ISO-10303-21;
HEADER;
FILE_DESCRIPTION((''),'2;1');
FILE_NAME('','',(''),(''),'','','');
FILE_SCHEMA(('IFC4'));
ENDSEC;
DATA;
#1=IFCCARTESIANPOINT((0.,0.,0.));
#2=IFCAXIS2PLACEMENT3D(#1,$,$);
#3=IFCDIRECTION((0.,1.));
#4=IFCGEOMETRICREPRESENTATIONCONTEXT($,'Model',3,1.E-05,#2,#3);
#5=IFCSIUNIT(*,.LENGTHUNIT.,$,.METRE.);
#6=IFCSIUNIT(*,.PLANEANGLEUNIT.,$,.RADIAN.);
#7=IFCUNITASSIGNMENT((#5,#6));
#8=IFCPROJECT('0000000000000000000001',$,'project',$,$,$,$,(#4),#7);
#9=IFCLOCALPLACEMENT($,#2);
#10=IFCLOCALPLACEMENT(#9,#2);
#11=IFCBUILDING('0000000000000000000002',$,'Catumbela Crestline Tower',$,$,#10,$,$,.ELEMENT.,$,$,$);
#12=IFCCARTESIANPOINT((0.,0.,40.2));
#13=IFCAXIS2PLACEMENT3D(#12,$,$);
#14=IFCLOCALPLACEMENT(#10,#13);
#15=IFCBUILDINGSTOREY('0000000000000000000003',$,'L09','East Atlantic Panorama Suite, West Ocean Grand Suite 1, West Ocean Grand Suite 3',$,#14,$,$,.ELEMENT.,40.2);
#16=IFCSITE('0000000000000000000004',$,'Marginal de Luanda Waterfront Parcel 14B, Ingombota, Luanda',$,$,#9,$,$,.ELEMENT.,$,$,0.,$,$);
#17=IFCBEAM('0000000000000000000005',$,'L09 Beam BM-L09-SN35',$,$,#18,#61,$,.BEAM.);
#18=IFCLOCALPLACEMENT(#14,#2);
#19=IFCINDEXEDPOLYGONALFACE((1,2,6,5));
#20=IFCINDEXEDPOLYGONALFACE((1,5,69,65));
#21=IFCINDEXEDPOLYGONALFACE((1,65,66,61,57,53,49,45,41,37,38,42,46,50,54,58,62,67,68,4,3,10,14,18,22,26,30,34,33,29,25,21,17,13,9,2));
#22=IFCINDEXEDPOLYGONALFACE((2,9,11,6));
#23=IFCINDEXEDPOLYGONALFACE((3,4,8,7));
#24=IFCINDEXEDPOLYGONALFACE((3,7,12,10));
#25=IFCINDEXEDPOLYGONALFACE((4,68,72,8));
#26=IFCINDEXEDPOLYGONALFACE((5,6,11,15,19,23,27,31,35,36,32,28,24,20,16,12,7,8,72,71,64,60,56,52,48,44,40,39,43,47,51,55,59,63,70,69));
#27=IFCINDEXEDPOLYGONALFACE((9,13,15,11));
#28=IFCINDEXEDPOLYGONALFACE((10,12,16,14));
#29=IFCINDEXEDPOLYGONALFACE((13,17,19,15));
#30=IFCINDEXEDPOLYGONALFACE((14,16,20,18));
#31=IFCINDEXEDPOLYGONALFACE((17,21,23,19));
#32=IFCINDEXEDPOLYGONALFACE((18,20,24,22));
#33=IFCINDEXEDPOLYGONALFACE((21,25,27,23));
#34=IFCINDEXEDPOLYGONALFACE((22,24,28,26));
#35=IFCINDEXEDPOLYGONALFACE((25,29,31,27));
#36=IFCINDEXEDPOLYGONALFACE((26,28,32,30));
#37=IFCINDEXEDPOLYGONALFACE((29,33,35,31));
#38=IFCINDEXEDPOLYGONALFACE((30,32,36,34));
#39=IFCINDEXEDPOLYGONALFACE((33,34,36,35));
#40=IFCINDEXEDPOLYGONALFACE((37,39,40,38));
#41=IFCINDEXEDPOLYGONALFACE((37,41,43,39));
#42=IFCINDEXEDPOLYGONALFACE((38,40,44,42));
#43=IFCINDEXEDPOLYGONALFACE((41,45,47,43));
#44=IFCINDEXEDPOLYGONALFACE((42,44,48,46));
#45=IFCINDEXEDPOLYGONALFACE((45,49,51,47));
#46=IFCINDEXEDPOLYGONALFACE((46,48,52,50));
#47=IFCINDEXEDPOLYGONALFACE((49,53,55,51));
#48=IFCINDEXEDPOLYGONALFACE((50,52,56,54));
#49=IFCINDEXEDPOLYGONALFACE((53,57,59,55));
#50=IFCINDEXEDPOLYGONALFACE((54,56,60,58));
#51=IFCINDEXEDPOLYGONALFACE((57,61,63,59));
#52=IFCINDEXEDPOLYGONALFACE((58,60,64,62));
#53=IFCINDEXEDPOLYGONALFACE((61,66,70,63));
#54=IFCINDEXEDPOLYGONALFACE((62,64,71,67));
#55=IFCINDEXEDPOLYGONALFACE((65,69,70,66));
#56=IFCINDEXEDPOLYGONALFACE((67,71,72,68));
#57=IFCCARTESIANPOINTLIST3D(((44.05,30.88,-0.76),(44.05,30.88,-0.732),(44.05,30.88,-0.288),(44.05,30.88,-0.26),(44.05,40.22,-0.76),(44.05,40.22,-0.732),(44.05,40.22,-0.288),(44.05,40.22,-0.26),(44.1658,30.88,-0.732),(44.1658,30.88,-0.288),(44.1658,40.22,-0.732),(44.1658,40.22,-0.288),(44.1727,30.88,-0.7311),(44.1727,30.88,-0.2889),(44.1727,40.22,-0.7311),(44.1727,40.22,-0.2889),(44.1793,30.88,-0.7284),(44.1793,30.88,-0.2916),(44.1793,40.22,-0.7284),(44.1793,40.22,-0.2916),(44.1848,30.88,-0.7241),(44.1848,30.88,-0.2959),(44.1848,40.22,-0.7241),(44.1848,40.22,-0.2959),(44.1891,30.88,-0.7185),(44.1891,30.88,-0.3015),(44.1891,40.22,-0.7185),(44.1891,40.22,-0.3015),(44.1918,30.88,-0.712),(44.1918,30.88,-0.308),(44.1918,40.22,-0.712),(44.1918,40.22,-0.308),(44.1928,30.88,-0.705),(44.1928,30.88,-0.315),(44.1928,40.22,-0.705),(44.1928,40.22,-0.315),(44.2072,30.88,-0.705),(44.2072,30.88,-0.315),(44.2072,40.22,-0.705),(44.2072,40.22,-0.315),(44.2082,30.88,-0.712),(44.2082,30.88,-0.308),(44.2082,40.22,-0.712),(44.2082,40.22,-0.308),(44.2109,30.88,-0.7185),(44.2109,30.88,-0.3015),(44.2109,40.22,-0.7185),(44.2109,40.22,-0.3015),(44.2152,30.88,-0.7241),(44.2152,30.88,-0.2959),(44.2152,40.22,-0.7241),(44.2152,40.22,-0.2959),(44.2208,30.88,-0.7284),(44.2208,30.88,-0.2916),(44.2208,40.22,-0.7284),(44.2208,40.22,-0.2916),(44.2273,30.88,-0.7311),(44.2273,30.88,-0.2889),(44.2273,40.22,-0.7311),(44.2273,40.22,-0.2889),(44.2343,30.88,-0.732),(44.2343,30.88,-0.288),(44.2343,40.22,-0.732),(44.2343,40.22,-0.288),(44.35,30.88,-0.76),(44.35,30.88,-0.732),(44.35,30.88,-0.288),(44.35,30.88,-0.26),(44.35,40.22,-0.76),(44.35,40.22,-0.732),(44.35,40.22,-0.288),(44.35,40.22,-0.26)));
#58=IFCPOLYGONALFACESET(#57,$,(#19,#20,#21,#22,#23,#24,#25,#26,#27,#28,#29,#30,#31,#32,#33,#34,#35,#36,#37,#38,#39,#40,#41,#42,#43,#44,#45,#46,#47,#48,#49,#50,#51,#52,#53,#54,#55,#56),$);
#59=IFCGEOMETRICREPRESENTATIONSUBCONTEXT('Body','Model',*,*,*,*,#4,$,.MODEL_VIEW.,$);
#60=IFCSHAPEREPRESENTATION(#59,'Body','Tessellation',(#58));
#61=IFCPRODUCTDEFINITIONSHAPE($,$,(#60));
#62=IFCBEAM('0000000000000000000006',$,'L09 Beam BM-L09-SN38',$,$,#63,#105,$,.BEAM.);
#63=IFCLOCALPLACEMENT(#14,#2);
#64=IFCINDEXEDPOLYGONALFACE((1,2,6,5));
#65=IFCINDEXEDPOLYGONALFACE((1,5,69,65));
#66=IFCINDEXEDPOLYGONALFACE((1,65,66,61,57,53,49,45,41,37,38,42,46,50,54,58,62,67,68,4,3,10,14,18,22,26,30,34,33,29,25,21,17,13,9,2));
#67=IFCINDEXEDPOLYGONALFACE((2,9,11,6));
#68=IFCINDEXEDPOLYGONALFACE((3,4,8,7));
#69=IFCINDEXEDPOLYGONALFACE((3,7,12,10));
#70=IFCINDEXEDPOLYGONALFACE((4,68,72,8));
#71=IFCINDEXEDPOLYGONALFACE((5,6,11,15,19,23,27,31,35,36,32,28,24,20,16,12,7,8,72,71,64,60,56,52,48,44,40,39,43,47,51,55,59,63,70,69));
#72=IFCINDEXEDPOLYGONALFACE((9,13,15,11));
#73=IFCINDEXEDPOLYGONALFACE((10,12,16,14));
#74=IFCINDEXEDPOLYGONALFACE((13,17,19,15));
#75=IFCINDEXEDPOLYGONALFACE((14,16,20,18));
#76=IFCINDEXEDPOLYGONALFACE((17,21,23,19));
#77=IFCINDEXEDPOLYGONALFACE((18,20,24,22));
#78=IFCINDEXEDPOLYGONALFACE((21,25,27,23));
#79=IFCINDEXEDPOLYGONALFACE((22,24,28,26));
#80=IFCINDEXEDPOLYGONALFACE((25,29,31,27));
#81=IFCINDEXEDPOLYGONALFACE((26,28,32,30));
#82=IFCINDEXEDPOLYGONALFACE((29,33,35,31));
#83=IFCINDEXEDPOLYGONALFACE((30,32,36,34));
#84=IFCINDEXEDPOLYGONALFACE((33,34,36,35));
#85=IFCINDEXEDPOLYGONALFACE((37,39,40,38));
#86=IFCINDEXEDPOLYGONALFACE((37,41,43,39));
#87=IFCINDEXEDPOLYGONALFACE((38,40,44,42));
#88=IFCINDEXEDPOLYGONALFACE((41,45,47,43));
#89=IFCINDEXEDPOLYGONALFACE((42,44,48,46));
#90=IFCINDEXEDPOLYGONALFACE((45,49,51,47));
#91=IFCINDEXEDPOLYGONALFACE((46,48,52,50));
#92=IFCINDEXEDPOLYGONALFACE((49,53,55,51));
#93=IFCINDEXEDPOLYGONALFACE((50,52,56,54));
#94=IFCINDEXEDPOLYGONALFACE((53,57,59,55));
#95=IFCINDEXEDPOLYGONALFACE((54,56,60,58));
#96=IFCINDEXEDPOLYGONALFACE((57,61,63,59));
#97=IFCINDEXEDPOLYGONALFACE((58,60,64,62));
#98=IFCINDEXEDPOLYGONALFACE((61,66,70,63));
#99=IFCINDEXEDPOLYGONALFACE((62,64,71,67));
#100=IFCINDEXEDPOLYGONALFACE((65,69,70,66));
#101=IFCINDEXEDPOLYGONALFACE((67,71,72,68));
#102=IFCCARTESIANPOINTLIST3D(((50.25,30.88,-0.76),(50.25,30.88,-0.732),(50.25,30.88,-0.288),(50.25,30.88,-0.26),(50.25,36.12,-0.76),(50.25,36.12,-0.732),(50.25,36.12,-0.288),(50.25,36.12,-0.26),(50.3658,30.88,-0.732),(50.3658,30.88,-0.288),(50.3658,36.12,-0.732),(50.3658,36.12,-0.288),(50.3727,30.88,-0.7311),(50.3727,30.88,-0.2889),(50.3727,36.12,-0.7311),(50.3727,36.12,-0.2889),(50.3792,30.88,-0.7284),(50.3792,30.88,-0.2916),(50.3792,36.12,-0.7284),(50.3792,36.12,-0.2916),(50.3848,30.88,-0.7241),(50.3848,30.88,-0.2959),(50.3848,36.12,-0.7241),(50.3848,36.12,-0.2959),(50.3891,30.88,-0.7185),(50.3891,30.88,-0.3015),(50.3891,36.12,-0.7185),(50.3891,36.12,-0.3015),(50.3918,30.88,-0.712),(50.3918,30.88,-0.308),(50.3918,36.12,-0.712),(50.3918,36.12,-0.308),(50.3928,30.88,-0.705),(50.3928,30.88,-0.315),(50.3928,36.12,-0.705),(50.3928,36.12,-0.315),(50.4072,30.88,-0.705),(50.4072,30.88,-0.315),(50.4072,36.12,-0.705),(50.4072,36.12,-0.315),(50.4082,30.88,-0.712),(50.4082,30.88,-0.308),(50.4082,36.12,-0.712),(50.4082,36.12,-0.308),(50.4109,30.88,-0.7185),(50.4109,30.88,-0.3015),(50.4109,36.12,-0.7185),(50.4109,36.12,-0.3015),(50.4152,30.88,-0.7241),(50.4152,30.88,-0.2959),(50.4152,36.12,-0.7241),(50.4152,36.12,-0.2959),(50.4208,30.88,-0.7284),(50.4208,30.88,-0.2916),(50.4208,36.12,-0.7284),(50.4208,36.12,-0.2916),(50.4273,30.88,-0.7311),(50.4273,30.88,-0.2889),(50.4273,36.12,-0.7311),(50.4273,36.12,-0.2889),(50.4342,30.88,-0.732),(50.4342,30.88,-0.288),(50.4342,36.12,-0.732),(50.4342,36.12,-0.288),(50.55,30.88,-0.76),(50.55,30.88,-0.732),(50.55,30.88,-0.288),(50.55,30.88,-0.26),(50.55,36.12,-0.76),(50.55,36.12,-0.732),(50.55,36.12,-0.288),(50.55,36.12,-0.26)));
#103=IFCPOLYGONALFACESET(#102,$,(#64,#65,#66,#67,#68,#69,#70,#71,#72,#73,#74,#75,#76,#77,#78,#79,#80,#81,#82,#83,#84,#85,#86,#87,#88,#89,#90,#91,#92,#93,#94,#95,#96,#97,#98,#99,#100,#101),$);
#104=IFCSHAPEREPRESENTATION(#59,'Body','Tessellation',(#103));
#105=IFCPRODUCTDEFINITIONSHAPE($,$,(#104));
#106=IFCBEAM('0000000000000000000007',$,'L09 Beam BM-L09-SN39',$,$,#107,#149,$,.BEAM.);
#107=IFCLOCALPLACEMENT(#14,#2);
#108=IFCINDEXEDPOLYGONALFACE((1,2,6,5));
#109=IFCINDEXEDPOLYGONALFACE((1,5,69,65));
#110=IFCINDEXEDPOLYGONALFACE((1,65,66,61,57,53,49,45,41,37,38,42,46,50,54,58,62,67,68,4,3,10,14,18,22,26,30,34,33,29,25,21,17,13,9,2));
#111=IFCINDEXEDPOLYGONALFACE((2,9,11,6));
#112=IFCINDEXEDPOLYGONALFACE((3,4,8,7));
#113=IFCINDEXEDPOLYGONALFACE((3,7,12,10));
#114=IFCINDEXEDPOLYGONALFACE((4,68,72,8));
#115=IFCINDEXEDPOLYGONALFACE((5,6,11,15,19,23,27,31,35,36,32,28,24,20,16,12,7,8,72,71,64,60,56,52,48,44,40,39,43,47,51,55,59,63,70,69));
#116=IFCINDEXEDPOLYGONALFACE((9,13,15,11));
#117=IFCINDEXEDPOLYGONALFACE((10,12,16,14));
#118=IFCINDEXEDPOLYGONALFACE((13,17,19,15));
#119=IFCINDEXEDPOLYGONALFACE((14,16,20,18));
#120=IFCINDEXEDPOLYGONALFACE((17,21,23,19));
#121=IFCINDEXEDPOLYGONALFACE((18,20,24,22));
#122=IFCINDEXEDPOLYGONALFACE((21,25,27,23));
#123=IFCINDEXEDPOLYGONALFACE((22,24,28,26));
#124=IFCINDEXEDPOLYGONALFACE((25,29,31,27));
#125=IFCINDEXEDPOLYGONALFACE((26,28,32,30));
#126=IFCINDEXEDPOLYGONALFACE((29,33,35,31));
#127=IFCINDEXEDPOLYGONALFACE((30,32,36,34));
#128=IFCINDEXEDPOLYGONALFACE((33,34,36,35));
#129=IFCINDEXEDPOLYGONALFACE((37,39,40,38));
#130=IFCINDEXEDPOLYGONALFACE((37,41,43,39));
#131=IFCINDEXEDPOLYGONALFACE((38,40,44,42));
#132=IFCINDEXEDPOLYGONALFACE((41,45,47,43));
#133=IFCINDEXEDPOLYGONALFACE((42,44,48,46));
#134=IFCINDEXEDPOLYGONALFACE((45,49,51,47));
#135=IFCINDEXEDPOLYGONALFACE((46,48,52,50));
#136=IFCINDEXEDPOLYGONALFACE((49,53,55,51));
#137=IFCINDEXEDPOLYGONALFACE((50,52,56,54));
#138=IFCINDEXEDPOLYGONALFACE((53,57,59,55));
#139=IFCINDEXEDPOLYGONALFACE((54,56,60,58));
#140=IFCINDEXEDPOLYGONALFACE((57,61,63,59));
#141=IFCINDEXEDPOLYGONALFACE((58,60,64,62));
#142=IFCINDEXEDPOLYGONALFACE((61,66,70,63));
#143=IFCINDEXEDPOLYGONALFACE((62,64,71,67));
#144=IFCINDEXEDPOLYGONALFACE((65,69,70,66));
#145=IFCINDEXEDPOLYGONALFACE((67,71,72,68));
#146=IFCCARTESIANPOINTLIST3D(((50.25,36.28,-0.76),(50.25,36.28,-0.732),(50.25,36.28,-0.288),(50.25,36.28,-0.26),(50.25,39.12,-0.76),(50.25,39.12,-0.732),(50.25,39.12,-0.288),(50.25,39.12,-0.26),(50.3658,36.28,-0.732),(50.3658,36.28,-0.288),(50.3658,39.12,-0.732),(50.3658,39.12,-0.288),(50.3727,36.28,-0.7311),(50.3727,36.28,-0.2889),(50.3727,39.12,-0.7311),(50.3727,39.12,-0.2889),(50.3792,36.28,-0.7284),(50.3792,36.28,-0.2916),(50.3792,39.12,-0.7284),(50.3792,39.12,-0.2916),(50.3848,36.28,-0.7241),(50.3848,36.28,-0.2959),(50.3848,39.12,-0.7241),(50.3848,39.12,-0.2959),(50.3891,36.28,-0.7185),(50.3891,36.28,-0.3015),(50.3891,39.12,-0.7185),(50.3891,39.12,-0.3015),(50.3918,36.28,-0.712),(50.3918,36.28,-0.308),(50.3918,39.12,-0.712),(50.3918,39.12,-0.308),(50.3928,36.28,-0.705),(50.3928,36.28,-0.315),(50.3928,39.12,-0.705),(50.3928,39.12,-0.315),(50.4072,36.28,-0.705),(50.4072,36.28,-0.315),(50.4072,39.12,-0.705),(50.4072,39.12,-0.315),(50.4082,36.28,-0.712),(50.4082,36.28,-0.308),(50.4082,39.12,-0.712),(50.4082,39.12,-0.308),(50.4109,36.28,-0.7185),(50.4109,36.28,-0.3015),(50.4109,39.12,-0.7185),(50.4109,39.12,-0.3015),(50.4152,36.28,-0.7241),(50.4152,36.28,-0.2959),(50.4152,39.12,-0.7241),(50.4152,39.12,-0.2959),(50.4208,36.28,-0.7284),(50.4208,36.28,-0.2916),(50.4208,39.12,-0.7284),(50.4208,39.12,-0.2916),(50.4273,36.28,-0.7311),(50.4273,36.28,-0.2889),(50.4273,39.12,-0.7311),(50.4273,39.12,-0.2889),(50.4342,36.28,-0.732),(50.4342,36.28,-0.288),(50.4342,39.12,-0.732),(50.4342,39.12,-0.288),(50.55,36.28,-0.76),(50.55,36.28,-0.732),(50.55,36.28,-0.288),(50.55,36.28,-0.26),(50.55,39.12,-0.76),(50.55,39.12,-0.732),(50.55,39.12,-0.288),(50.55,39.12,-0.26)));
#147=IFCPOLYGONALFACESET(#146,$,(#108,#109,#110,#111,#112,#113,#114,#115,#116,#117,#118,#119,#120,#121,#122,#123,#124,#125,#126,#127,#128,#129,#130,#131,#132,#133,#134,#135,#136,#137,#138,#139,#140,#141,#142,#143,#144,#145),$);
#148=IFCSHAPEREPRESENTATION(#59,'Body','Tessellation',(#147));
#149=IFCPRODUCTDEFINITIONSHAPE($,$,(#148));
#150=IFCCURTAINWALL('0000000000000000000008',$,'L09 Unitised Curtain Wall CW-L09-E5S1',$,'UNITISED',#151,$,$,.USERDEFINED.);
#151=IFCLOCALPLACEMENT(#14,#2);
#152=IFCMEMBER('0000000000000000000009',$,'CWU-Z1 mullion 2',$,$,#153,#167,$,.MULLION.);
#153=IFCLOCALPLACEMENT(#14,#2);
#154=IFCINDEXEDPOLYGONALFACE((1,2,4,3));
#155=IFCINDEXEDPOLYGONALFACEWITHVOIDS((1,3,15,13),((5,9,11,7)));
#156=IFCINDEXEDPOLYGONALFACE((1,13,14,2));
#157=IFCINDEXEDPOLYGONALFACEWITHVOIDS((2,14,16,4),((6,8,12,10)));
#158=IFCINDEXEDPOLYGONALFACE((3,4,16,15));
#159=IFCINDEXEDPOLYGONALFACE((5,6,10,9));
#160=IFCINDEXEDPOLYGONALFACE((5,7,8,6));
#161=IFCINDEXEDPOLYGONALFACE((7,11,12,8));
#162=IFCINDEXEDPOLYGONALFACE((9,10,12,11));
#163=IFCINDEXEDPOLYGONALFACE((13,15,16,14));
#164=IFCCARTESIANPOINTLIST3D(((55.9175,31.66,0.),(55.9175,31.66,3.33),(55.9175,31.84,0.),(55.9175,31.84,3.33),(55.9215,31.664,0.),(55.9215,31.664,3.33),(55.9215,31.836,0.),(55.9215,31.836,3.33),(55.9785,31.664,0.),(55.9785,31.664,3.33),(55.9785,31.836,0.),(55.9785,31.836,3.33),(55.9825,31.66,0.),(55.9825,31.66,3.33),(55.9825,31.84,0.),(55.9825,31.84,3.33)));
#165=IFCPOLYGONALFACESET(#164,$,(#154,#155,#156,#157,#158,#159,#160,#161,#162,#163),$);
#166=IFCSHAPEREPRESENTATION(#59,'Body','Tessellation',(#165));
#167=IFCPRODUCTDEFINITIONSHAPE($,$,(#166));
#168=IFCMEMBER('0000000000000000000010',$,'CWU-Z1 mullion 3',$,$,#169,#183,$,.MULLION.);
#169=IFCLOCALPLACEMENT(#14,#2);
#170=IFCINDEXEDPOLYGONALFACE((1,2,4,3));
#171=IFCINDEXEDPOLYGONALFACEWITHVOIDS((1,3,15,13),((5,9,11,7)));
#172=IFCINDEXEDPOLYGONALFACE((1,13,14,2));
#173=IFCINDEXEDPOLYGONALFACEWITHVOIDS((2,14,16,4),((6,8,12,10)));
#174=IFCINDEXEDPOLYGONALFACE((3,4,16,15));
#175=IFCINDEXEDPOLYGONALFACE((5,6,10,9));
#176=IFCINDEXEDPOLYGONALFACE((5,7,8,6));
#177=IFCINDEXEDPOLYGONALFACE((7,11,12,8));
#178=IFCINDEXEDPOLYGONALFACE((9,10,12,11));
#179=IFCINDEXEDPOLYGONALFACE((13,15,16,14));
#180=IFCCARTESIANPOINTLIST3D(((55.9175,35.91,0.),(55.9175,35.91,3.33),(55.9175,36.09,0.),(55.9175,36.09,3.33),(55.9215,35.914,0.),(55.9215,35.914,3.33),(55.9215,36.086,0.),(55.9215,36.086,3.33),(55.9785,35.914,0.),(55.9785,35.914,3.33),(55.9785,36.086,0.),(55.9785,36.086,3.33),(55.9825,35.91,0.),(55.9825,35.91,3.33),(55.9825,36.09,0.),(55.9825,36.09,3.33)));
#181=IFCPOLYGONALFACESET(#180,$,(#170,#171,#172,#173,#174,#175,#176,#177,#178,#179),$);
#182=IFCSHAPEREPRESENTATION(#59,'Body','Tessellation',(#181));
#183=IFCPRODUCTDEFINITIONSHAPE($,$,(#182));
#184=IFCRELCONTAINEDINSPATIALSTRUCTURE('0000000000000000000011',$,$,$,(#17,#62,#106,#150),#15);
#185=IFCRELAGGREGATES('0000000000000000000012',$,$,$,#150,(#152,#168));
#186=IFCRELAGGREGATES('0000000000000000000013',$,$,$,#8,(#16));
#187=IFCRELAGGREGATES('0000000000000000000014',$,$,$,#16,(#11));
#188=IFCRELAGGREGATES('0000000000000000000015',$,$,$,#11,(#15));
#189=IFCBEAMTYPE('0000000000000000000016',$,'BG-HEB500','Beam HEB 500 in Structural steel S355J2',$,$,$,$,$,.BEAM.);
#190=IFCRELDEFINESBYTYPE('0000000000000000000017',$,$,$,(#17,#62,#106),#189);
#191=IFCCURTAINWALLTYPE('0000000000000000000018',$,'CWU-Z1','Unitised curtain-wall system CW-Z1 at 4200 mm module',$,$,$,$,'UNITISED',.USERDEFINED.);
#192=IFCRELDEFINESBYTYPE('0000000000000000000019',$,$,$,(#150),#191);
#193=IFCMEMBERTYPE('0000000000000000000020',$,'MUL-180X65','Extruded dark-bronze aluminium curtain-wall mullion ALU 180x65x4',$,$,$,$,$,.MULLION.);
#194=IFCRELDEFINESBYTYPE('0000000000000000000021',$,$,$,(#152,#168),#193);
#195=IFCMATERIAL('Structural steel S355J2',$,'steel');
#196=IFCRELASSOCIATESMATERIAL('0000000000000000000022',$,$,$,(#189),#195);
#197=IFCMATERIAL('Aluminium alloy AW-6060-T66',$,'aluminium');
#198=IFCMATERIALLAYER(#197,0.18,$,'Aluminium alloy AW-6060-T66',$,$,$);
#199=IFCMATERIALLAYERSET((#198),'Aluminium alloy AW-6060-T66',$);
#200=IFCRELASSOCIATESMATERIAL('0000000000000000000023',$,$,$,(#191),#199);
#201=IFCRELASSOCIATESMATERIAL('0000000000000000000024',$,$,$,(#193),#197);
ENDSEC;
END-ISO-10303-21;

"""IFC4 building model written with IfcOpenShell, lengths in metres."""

from ifc_helpers import new_model, si_unit, direction, frame, origin, origin_2d, place, context, subcontext, project, spatial, hollow_rectangle, i_section, extrude, material, layer, layer_set, material_profile, profile_set, type_object, element, aggregate, save


model = new_model("IFC4")

# Units and contexts
model_context = context("Model", 3, precision=1e-05, world=origin(), true_north=direction((0.0, 1.0)))
body_context = subcontext(model_context, "Body", "Model", "MODEL_VIEW")
ifc_project = project(units=[si_unit("LENGTHUNIT", "METRE"), si_unit("PLANEANGLEUNIT", "RADIAN")], contexts=[model_context])

# Site, building, storey
site_placement = place(None, origin())
site = spatial("IfcSite", under=ifc_project, at=site_placement, Name="Marginal de Luanda Waterfront Parcel 14B, Ingombota, Luanda", CompositionType="ELEMENT", RefElevation=0.0)
building_placement = place(site_placement, origin())
building = spatial("IfcBuilding", under=site, at=building_placement, Name="Catumbela Crestline Tower", CompositionType="ELEMENT")
storey_placement = place(building_placement, frame((0.0, 0.0, 40.2)))
storey = spatial("IfcBuildingStorey", under=building, at=storey_placement, Name="L09", Description="East Atlantic Panorama Suite, West Ocean Grand Suite 1, West Ocean Grand Suite 3", CompositionType="ELEMENT", Elevation=40.2)

# Beams
ifc_material_1 = material(Name="Structural steel S355J2", Category="steel")
ifc_material_profile_1 = material_profile(ifc_material_1, i_section(OverallWidth=0.3, OverallDepth=0.5, WebThickness=0.0145, FlangeThickness=0.028, FilletRadius=0.027, at=origin_2d()), Name="HEB 500")
ifc_profile_set_1 = profile_set([ifc_material_profile_1], Name="Structural steel S355J2")
beam_type_1 = type_object("IfcBeamType", Name="BG-HEB500", Description="Beam HEB 500 in Structural steel S355J2", PredefinedType="BEAM", material=ifc_profile_set_1)
beam_1_placement = place(storey_placement, frame((44.2, 30.88, -0.51), z_axis=(0.0, 1.0, 0.0), x_axis=(-1.0, 0.0, 0.0)))
element("IfcBeam", 1, at=beam_1_placement, inside=storey, type_object=beam_type_1, Name="L09 Beam BM-L09-SN35", PredefinedType="BEAM", context=body_context, shape_type="SweptSolid", body=[
    extrude(i_section(OverallWidth=0.3, OverallDepth=0.5, WebThickness=0.0145, FlangeThickness=0.028, FilletRadius=0.027, at=origin_2d()), origin(), (0.0, 0.0, 1.0), 9.34),
])
beam_2_placement = place(storey_placement, frame((50.4, 30.88, -0.51), z_axis=(0.0, 1.0, 0.0), x_axis=(-1.0, 0.0, 0.0)))
element("IfcBeam", 2, at=beam_2_placement, inside=storey, type_object=beam_type_1, Name="L09 Beam BM-L09-SN38", PredefinedType="BEAM", context=body_context, shape_type="SweptSolid", body=[
    extrude(i_section(OverallWidth=0.3, OverallDepth=0.5, WebThickness=0.0145, FlangeThickness=0.028, FilletRadius=0.027, at=origin_2d()), origin(), (0.0, 0.0, 1.0), 5.24),
])
beam_3_placement = place(storey_placement, frame((50.4, 36.28, -0.51), z_axis=(0.0, 1.0, 0.0), x_axis=(-1.0, 0.0, 0.0)))
element("IfcBeam", 3, at=beam_3_placement, inside=storey, type_object=beam_type_1, Name="L09 Beam BM-L09-SN39", PredefinedType="BEAM", context=body_context, shape_type="SweptSolid", body=[
    extrude(i_section(OverallWidth=0.3, OverallDepth=0.5, WebThickness=0.0145, FlangeThickness=0.028, FilletRadius=0.027, at=origin_2d()), origin(), (0.0, 0.0, 1.0), 2.84),
])

# Curtain wall, members
ifc_material_2 = material(Name="Aluminium alloy AW-6060-T66", Category="aluminium")
ifc_layer_1 = layer(ifc_material_2, 0.18, Name="Aluminium alloy AW-6060-T66")
ifc_layer_set_1 = layer_set([ifc_layer_1], Name="Aluminium alloy AW-6060-T66")
curtain_wall_type = type_object("IfcCurtainWallType", Name="CWU-Z1", Description="Unitised curtain-wall system CW-Z1 at 4200 mm module", ElementType="UNITISED", PredefinedType="USERDEFINED", material=ifc_layer_set_1)
curtain_wall_placement = place(storey_placement, origin())
curtain_wall = element("IfcCurtainWall", 4, at=curtain_wall_placement, inside=storey, type_object=curtain_wall_type, Name="L09 Unitised Curtain Wall CW-L09-E5S1", ObjectType="UNITISED", PredefinedType="USERDEFINED")
ifc_material_profile_2 = material_profile(ifc_material_2, hollow_rectangle(XDim=0.065, YDim=0.18, WallThickness=0.004, at=origin_2d()), Name="ALU 180x65x4")
ifc_profile_set_2 = profile_set([ifc_material_profile_2], Name="Aluminium alloy AW-6060-T66")
member_type_1 = type_object("IfcMemberType", Name="MUL-180X65", Description="Extruded dark-bronze aluminium curtain-wall mullion ALU 180x65x4", PredefinedType="MULLION", material=ifc_profile_set_2)
member_1_placement = place(storey_placement, frame((55.95, 31.75, 0.0), z_axis=(0.0, 0.0, 1.0), x_axis=(-1.0, 0.0, 0.0)))
member_1 = element("IfcMember", 5, at=member_1_placement, type_object=member_type_1, Name="CWU-Z1 mullion 2", PredefinedType="MULLION", context=body_context, shape_type="SweptSolid", body=[
    extrude(hollow_rectangle(XDim=0.065, YDim=0.18, WallThickness=0.004, at=origin_2d()), origin(), (0.0, 0.0, 1.0), 3.33),
])
member_2_placement = place(storey_placement, frame((55.95, 36.0, 0.0), z_axis=(0.0, 0.0, 1.0), x_axis=(-1.0, 0.0, 0.0)))
member_2 = element("IfcMember", 6, at=member_2_placement, type_object=member_type_1, Name="CWU-Z1 mullion 3", PredefinedType="MULLION", context=body_context, shape_type="SweptSolid", body=[
    extrude(hollow_rectangle(XDim=0.065, YDim=0.18, WallThickness=0.004, at=origin_2d()), origin(), (0.0, 0.0, 1.0), 3.33),
])

aggregate(curtain_wall, [member_1, member_2])

save(model, "model.ifc")
